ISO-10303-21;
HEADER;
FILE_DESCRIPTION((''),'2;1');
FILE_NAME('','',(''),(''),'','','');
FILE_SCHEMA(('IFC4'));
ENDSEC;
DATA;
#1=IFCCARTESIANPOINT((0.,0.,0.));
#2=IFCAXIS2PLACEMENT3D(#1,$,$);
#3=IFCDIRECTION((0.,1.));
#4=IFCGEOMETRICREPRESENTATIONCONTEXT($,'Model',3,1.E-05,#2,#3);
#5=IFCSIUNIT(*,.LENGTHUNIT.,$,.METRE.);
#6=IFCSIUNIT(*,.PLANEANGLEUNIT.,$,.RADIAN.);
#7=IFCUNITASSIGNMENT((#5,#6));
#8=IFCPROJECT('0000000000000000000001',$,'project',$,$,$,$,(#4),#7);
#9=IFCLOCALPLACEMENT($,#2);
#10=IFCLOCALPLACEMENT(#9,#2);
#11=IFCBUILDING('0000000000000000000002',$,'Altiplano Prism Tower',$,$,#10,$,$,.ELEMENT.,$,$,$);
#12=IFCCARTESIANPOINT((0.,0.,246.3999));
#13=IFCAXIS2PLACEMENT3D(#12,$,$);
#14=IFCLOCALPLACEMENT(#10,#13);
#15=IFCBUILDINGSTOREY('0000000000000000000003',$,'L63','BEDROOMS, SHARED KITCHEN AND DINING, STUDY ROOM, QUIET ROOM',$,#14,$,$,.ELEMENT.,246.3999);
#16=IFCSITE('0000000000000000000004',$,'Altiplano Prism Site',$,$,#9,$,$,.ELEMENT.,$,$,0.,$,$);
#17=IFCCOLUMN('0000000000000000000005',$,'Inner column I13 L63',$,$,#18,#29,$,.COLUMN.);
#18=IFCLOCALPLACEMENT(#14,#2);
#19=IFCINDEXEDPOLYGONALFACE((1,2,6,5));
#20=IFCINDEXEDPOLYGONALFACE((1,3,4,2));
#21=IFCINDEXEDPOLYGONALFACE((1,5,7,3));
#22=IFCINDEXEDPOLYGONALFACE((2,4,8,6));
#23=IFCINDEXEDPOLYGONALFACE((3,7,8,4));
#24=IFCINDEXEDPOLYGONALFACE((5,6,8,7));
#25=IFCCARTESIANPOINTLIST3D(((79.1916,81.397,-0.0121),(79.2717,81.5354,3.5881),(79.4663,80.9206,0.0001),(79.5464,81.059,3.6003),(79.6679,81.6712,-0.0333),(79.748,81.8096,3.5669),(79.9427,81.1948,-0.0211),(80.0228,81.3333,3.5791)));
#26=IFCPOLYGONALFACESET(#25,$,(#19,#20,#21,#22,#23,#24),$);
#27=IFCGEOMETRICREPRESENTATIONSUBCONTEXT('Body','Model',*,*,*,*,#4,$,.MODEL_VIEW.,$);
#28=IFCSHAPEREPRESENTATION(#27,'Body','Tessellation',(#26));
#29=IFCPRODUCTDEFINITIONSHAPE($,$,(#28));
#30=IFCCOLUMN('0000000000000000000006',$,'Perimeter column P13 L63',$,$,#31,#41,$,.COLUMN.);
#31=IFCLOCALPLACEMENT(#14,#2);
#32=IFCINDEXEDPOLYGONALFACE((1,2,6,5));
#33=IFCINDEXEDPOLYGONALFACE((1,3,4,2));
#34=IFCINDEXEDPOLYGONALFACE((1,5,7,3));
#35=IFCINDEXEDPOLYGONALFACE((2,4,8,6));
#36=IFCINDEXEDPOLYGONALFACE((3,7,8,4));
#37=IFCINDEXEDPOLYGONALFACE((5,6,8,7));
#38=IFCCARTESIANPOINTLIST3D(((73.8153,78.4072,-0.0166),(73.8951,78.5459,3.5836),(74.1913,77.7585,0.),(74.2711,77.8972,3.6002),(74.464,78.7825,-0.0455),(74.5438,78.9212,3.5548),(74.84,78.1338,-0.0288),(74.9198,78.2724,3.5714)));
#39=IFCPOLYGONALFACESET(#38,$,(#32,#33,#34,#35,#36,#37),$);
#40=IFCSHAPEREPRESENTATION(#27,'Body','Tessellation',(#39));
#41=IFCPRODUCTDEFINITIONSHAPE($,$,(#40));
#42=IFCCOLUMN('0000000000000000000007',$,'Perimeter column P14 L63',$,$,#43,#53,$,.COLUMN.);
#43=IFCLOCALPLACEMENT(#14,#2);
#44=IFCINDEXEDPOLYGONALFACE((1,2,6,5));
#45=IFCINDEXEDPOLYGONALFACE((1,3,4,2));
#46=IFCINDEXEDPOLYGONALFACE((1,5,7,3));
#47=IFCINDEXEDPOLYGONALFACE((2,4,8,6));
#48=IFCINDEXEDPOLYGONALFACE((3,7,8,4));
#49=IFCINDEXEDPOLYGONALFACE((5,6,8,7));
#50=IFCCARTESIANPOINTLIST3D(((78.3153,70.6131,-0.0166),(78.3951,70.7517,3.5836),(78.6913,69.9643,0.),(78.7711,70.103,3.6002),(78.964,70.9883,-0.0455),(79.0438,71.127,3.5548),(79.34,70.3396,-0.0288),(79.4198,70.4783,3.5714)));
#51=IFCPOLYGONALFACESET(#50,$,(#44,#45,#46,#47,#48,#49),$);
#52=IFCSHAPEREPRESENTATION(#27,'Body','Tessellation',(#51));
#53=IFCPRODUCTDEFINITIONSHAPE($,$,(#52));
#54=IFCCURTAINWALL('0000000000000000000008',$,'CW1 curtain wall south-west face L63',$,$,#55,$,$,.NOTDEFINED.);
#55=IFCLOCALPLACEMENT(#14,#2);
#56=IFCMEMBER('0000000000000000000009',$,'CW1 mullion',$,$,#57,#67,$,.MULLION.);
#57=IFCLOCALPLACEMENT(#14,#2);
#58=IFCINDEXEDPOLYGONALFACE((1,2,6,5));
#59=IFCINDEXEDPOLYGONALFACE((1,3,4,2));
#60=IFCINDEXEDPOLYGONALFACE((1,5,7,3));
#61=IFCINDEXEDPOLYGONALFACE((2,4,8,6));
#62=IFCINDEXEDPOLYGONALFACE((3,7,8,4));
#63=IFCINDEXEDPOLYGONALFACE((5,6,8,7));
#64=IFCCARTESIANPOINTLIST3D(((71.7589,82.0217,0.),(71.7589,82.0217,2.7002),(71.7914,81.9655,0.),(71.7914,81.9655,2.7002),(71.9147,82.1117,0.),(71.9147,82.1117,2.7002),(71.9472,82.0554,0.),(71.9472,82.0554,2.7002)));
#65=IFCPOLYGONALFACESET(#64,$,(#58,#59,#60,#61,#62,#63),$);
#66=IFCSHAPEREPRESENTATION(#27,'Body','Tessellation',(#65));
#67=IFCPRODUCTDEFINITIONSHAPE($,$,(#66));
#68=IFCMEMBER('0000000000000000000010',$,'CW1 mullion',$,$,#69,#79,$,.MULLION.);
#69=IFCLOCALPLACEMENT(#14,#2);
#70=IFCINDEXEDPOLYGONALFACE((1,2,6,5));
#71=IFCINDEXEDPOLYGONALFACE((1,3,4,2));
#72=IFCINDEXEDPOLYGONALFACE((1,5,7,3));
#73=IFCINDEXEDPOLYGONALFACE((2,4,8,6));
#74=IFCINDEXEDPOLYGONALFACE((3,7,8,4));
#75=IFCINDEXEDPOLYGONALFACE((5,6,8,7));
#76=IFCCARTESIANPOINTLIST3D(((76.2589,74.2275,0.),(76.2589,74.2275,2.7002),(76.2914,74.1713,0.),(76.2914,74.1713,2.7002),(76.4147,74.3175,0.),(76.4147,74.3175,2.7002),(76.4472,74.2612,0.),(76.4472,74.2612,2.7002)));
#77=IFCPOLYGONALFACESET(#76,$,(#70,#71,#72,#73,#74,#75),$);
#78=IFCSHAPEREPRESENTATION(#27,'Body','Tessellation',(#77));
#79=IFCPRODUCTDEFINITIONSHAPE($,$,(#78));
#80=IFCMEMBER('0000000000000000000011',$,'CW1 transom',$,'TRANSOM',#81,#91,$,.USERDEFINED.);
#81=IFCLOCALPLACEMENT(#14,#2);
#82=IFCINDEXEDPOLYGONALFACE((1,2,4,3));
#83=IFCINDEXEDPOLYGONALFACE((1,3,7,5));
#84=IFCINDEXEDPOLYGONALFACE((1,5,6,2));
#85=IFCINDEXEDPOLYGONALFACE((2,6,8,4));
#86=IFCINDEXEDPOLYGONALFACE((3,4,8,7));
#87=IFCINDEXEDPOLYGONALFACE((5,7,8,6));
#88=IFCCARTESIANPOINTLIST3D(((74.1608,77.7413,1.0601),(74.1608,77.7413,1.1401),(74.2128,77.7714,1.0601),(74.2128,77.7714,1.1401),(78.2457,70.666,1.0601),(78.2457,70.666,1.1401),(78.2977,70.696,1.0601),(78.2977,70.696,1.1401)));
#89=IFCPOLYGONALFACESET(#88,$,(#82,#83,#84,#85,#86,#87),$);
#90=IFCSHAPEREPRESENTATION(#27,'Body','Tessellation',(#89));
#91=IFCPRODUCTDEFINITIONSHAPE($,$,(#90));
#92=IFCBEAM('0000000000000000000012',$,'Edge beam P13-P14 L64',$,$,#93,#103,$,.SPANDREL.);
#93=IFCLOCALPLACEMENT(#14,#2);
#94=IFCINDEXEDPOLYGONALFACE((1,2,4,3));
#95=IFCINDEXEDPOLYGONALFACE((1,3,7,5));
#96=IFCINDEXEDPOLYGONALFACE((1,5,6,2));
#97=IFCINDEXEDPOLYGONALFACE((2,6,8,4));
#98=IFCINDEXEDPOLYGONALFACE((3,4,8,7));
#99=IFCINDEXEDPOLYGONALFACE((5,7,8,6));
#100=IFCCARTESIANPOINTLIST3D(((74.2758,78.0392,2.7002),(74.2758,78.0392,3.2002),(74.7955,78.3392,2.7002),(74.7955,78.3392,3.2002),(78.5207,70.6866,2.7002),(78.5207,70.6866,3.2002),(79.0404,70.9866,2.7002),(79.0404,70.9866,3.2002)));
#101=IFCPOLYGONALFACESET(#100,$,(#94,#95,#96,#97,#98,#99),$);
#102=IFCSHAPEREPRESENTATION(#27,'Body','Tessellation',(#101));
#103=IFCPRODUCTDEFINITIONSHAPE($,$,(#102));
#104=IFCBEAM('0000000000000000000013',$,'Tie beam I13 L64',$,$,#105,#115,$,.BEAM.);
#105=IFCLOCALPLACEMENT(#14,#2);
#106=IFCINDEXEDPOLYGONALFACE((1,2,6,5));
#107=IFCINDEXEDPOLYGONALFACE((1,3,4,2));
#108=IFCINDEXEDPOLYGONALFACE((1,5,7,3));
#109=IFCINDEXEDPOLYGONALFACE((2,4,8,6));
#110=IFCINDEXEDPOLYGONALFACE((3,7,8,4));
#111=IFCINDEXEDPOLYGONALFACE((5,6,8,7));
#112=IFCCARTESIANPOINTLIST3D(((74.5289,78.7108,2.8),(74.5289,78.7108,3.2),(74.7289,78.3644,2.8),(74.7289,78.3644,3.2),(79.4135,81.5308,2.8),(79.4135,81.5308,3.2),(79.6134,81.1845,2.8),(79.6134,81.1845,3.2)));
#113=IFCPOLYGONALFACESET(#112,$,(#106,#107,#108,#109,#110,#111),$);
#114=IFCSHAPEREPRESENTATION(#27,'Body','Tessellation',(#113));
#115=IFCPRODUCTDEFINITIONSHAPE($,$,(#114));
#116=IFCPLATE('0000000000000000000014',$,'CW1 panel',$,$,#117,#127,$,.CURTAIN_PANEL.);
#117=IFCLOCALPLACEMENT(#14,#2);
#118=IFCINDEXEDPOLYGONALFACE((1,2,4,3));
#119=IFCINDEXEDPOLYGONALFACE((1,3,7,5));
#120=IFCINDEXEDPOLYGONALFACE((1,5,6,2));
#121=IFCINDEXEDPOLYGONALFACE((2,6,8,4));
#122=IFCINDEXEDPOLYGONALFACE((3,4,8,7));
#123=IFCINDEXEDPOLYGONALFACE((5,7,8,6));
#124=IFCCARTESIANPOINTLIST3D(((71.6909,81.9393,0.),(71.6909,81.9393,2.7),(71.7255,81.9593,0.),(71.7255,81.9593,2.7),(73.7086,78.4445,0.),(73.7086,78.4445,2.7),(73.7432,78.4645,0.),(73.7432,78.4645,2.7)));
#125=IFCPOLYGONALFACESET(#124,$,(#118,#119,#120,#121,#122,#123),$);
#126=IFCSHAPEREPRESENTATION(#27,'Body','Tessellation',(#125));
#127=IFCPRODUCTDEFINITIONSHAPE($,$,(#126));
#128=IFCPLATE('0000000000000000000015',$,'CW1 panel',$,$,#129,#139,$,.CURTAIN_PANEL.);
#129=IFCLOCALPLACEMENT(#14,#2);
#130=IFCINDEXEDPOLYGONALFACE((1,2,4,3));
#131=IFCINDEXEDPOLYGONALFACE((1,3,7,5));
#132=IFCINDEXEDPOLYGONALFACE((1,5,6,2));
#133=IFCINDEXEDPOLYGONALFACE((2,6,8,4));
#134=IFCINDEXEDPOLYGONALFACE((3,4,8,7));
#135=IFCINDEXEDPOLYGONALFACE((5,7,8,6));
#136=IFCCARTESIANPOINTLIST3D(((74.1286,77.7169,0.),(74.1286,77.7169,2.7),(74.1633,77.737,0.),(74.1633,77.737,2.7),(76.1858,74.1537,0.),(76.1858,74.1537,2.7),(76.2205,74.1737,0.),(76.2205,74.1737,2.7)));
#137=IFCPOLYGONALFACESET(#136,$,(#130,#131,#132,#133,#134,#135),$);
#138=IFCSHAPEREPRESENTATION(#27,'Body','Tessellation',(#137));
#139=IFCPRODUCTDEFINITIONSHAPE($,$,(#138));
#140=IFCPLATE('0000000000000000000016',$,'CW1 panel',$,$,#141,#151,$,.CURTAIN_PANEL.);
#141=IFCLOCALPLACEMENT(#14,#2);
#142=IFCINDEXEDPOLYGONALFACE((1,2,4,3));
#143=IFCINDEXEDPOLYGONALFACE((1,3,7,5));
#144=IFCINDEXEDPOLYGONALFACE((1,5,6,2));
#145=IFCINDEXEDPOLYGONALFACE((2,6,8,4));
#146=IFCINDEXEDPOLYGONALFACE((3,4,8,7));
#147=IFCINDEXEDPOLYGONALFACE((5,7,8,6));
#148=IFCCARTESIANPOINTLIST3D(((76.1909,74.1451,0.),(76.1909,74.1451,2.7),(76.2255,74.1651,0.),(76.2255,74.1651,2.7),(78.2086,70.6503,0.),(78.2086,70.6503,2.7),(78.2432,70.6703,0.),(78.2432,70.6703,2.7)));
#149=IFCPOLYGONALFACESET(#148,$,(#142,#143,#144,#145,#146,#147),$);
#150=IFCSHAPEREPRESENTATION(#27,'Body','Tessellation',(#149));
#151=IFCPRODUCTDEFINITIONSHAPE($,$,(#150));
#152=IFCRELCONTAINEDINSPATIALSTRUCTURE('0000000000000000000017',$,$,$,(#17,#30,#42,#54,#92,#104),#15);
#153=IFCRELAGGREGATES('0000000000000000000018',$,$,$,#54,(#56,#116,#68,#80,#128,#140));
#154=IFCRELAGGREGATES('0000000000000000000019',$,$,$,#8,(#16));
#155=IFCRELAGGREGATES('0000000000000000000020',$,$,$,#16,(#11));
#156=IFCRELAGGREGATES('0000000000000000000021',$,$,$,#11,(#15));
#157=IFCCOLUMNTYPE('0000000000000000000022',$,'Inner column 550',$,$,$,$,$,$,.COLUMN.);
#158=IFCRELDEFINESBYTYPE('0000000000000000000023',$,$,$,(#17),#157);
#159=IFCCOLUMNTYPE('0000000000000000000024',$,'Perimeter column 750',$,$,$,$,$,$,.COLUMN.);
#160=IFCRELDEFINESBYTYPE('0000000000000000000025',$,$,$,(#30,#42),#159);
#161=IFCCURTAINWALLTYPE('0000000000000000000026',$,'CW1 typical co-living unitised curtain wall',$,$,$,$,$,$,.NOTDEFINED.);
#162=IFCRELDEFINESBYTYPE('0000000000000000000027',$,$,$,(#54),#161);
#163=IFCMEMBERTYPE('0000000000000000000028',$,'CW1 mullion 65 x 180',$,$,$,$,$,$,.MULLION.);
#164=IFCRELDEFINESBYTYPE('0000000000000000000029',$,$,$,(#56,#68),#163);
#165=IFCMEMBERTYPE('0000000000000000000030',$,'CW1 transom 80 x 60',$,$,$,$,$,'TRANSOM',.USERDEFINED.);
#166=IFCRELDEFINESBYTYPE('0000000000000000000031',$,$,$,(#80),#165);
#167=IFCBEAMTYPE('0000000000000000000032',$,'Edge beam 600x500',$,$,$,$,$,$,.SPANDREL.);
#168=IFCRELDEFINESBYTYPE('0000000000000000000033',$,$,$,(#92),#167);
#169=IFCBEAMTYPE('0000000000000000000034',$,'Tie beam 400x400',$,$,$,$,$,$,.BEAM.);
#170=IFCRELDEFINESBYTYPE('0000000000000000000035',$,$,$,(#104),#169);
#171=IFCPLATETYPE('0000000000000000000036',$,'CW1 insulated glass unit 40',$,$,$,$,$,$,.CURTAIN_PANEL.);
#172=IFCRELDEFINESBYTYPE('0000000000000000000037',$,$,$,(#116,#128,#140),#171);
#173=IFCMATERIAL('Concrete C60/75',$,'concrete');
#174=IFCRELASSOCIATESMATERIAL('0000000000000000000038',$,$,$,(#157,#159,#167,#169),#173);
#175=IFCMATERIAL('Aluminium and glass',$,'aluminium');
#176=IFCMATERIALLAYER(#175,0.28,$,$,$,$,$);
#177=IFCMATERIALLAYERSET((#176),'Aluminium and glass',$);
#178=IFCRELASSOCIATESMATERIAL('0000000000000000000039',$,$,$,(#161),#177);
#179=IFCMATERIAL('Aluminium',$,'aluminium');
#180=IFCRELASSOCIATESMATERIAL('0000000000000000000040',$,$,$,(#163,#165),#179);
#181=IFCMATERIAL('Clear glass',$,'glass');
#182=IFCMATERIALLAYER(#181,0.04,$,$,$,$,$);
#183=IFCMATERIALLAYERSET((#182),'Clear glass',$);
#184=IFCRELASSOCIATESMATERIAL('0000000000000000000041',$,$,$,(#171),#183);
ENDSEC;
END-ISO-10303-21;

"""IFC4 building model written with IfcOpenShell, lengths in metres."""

from ifc_helpers import new_model, si_unit, direction, frame, origin, origin_2d, place, context, subcontext, project, spatial, rectangle, extrude, material, layer, layer_set, material_profile, profile_set, type_object, element, aggregate, save


model = new_model("IFC4")

# Units and contexts
model_context = context("Model", 3, precision=1e-05, world=origin(), true_north=direction((0.0, 1.0)))
body_context = subcontext(model_context, "Body", "Model", "MODEL_VIEW")
ifc_project = project(units=[si_unit("LENGTHUNIT", "METRE"), si_unit("PLANEANGLEUNIT", "RADIAN")], contexts=[model_context])

# Site, building, storey
site_placement = place(None, origin())
site = spatial("IfcSite", under=ifc_project, at=site_placement, Name="Altiplano Prism Site", CompositionType="ELEMENT", RefElevation=0.0)
building_placement = place(site_placement, origin())
building = spatial("IfcBuilding", under=site, at=building_placement, Name="Altiplano Prism Tower", CompositionType="ELEMENT")
storey_placement = place(building_placement, frame((0.0, 0.0, 246.3999)))
storey = spatial("IfcBuildingStorey", under=building, at=storey_placement, Name="L63", Description="BEDROOMS, SHARED KITCHEN AND DINING, STUDY ROOM, QUIET ROOM", CompositionType="ELEMENT", Elevation=246.3999)

# Columns
ifc_material_1 = material(Name="Concrete C60/75", Category="concrete")
ifc_material_profile_1 = material_profile(ifc_material_1, rectangle(XDim=0.55, YDim=0.55, at=origin_2d()), Name="Inner column 550")
ifc_profile_set_1 = profile_set([ifc_material_profile_1], Name="Concrete C60/75")
column_type_1 = type_object("IfcColumnType", Name="Inner column 550", PredefinedType="COLUMN", material=ifc_profile_set_1)
column_placement = place(storey_placement, frame((79.5671, 81.2959, -0.0166), z_axis=(0.022221, 0.038413, 0.999015), x_axis=(-0.86602, -0.49853, 0.038432)))
element("IfcColumn", 1, at=column_placement, inside=storey, type_object=column_type_1, Name="Inner column I13 L63", PredefinedType="COLUMN", context=body_context, shape_type="SweptSolid", body=[
    extrude(rectangle(XDim=0.55, YDim=0.55, at=origin_2d()), origin(), (0.0, 0.0, 1.0), 3.6038),
])
ifc_material_profile_2 = material_profile(ifc_material_1, rectangle(XDim=0.75, YDim=0.75, at=origin_2d()), Name="Perimeter column 750")
ifc_profile_set_2 = profile_set([ifc_material_profile_2], Name="Concrete C60/75")
column_type_2 = type_object("IfcColumnType", Name="Perimeter column 750", PredefinedType="COLUMN", material=ifc_profile_set_2)
for number, where, z_axis, x_axis, name in (
    (2, (74.3276, 78.2705, -0.0227), (0.022154, 0.038481, 0.999014), (-0.864979, -0.500333, 0.038454), "Perimeter column P13 L63"),
    (3, (78.8276, 70.4763, -0.0227), (0.022154, 0.038481, 0.999014), (-0.864977, -0.500336, 0.038454), "Perimeter column P14 L63"),
):
    element("IfcColumn", number, at=place(storey_placement, frame(where, z_axis=z_axis, x_axis=x_axis)), inside=storey, type_object=column_type_2, Name=name, PredefinedType="COLUMN", context=body_context, shape_type="SweptSolid", body=[
        extrude(rectangle(XDim=0.75, YDim=0.75, at=origin_2d()), origin(), (0.0, 0.0, 1.0), 3.6038),
    ])

# Curtain wall, members
ifc_material_2 = material(Name="Aluminium and glass", Category="aluminium")
ifc_layer_1 = layer(ifc_material_2, 0.28)
ifc_layer_set_1 = layer_set([ifc_layer_1], Name="Aluminium and glass")
curtain_wall_type = type_object("IfcCurtainWallType", Name="CW1 typical co-living unitised curtain wall", PredefinedType="NOTDEFINED", material=ifc_layer_set_1)
curtain_wall_placement = place(storey_placement, origin())
curtain_wall = element("IfcCurtainWall", 4, at=curtain_wall_placement, inside=storey, type_object=curtain_wall_type, Name="CW1 curtain wall south-west face L63", PredefinedType="NOTDEFINED")
ifc_material_3 = material(Name="Aluminium", Category="aluminium")
ifc_material_profile_3 = material_profile(ifc_material_3, rectangle(XDim=0.1799, YDim=0.0649, at=origin_2d()), Name="CW1 mullion 65 x 180")
ifc_profile_set_3 = profile_set([ifc_material_profile_3], Name="Aluminium")
member_type_1 = type_object("IfcMemberType", Name="CW1 mullion 65 x 180", PredefinedType="MULLION", material=ifc_profile_set_3)
member_1_placement = place(storey_placement, frame((71.853, 82.0386, 0.0), z_axis=(0.0, 0.0, 1.0), x_axis=(0.866025, 0.5, 0.0)))
member_1 = element("IfcMember", 5, at=member_1_placement, type_object=member_type_1, Name="CW1 mullion", PredefinedType="MULLION", context=body_context, shape_type="SweptSolid", body=[
    extrude(rectangle(XDim=0.1799, YDim=0.0649, at=origin_2d()), origin(), (0.0, 0.0, 1.0), 2.7002),
])
member_2_placement = place(storey_placement, frame((76.353, 74.2444, 0.0), z_axis=(0.0, 0.0, 1.0), x_axis=(0.866025, 0.5, 0.0)))
member_2 = element("IfcMember", 6, at=member_2_placement, type_object=member_type_1, Name="CW1 mullion", PredefinedType="MULLION", context=body_context, shape_type="SweptSolid", body=[
    extrude(rectangle(XDim=0.1799, YDim=0.0649, at=origin_2d()), origin(), (0.0, 0.0, 1.0), 2.7002),
])
ifc_material_profile_4 = material_profile(ifc_material_3, rectangle(XDim=0.0601, YDim=0.0801, at=origin_2d()), Name="CW1 transom 80 x 60")
ifc_profile_set_4 = profile_set([ifc_material_profile_4], Name="Aluminium")
member_type_2 = type_object("IfcMemberType", Name="CW1 transom 80 x 60", ElementType="TRANSOM", PredefinedType="USERDEFINED", material=ifc_profile_set_4)
member_3_placement = place(storey_placement, frame((74.1868, 77.7563, 1.1001), z_axis=(0.499996, -0.866028, 0.0), x_axis=(0.866028, 0.499996, 0.0)))
member_3 = element("IfcMember", 7, at=member_3_placement, type_object=member_type_2, Name="CW1 transom", ObjectType="TRANSOM", PredefinedType="USERDEFINED", context=body_context, shape_type="SweptSolid", body=[
    extrude(rectangle(XDim=0.0601, YDim=0.0801, at=origin_2d()), origin(), (0.0, 0.0, 1.0), 8.1699),
])

# Beams
ifc_material_profile_5 = material_profile(ifc_material_1, rectangle(XDim=0.6001, YDim=0.5, at=origin_2d()), Name="Edge beam 600x500")
ifc_profile_set_5 = profile_set([ifc_material_profile_5], Name="Concrete C60/75")
beam_type_1 = type_object("IfcBeamType", Name="Edge beam 600x500", PredefinedType="SPANDREL", material=ifc_profile_set_5)
beam_1_placement = place(storey_placement, frame((74.5356, 78.1892, 2.9502), z_axis=(0.49999, -0.866031, 0.0), x_axis=(0.866031, 0.49999, 0.0)))
element("IfcBeam", 8, at=beam_1_placement, inside=storey, type_object=beam_type_1, Name="Edge beam P13-P14 L64", PredefinedType="SPANDREL", context=body_context, shape_type="SweptSolid", body=[
    extrude(rectangle(XDim=0.6001, YDim=0.5, at=origin_2d()), origin(), (0.0, 0.0, 1.0), 8.49),
])
ifc_material_profile_6 = material_profile(ifc_material_1, rectangle(XDim=0.3999, YDim=0.3999, at=origin_2d()), Name="Tie beam 400x400")
ifc_profile_set_6 = profile_set([ifc_material_profile_6], Name="Concrete C60/75")
beam_type_2 = type_object("IfcBeamType", Name="Tie beam 400x400", PredefinedType="BEAM", material=ifc_profile_set_6)
beam_2_placement = place(storey_placement, frame((79.5134, 81.3577, 3.0), z_axis=(-0.866026, -0.499998, 0.0), x_axis=(0.499998, -0.866026, 0.0)))
element("IfcBeam", 9, at=beam_2_placement, inside=storey, type_object=beam_type_2, Name="Tie beam I13 L64", PredefinedType="BEAM", context=body_context, shape_type="SweptSolid", body=[
    extrude(rectangle(XDim=0.3999, YDim=0.3999, at=origin_2d()), origin(), (0.0, 0.0, 1.0), 5.6401),
])

# Plates
ifc_material_4 = material(Name="Clear glass", Category="glass")
ifc_layer_2 = layer(ifc_material_4, 0.04)
ifc_layer_set_2 = layer_set([ifc_layer_2], Name="Clear glass")
plate_type = type_object("IfcPlateType", Name="CW1 insulated glass unit 40", PredefinedType="CURTAIN_PANEL", material=ifc_layer_set_2)
plate_1_placement = place(storey_placement, frame((72.717, 80.2019, 0.0), z_axis=(0.0, 0.0, 1.0), x_axis=(0.5, -0.866025, 0.0)))
plate_1 = element("IfcPlate", 10, at=plate_1_placement, type_object=plate_type, Name="CW1 panel", PredefinedType="CURTAIN_PANEL", context=body_context, shape_type="SweptSolid", body=[
    extrude(rectangle(XDim=4.0354, YDim=0.04, at=origin_2d()), origin(), (0.0, 0.0, 1.0), 2.7),
])
plate_2_placement = place(storey_placement, frame((75.1746, 75.9453, 0.0), z_axis=(0.0, 0.0, 1.0), x_axis=(0.5, -0.866025, 0.0)))
plate_2 = element("IfcPlate", 11, at=plate_2_placement, type_object=plate_type, Name="CW1 panel", PredefinedType="CURTAIN_PANEL", context=body_context, shape_type="SweptSolid", body=[
    extrude(rectangle(XDim=4.1145, YDim=0.04, at=origin_2d()), origin(), (0.0, 0.0, 1.0), 2.7),
])
plate_3_placement = place(storey_placement, frame((77.217, 72.4077, 0.0), z_axis=(0.0, 0.0, 1.0), x_axis=(0.5, -0.866025, 0.0)))
plate_3 = element("IfcPlate", 12, at=plate_3_placement, type_object=plate_type, Name="CW1 panel", PredefinedType="CURTAIN_PANEL", context=body_context, shape_type="SweptSolid", body=[
    extrude(rectangle(XDim=4.0354, YDim=0.04, at=origin_2d()), origin(), (0.0, 0.0, 1.0), 2.7),
])
aggregate(curtain_wall, [member_1, plate_1, member_2, member_3, plate_2, plate_3])

save(model, "model.ifc")
